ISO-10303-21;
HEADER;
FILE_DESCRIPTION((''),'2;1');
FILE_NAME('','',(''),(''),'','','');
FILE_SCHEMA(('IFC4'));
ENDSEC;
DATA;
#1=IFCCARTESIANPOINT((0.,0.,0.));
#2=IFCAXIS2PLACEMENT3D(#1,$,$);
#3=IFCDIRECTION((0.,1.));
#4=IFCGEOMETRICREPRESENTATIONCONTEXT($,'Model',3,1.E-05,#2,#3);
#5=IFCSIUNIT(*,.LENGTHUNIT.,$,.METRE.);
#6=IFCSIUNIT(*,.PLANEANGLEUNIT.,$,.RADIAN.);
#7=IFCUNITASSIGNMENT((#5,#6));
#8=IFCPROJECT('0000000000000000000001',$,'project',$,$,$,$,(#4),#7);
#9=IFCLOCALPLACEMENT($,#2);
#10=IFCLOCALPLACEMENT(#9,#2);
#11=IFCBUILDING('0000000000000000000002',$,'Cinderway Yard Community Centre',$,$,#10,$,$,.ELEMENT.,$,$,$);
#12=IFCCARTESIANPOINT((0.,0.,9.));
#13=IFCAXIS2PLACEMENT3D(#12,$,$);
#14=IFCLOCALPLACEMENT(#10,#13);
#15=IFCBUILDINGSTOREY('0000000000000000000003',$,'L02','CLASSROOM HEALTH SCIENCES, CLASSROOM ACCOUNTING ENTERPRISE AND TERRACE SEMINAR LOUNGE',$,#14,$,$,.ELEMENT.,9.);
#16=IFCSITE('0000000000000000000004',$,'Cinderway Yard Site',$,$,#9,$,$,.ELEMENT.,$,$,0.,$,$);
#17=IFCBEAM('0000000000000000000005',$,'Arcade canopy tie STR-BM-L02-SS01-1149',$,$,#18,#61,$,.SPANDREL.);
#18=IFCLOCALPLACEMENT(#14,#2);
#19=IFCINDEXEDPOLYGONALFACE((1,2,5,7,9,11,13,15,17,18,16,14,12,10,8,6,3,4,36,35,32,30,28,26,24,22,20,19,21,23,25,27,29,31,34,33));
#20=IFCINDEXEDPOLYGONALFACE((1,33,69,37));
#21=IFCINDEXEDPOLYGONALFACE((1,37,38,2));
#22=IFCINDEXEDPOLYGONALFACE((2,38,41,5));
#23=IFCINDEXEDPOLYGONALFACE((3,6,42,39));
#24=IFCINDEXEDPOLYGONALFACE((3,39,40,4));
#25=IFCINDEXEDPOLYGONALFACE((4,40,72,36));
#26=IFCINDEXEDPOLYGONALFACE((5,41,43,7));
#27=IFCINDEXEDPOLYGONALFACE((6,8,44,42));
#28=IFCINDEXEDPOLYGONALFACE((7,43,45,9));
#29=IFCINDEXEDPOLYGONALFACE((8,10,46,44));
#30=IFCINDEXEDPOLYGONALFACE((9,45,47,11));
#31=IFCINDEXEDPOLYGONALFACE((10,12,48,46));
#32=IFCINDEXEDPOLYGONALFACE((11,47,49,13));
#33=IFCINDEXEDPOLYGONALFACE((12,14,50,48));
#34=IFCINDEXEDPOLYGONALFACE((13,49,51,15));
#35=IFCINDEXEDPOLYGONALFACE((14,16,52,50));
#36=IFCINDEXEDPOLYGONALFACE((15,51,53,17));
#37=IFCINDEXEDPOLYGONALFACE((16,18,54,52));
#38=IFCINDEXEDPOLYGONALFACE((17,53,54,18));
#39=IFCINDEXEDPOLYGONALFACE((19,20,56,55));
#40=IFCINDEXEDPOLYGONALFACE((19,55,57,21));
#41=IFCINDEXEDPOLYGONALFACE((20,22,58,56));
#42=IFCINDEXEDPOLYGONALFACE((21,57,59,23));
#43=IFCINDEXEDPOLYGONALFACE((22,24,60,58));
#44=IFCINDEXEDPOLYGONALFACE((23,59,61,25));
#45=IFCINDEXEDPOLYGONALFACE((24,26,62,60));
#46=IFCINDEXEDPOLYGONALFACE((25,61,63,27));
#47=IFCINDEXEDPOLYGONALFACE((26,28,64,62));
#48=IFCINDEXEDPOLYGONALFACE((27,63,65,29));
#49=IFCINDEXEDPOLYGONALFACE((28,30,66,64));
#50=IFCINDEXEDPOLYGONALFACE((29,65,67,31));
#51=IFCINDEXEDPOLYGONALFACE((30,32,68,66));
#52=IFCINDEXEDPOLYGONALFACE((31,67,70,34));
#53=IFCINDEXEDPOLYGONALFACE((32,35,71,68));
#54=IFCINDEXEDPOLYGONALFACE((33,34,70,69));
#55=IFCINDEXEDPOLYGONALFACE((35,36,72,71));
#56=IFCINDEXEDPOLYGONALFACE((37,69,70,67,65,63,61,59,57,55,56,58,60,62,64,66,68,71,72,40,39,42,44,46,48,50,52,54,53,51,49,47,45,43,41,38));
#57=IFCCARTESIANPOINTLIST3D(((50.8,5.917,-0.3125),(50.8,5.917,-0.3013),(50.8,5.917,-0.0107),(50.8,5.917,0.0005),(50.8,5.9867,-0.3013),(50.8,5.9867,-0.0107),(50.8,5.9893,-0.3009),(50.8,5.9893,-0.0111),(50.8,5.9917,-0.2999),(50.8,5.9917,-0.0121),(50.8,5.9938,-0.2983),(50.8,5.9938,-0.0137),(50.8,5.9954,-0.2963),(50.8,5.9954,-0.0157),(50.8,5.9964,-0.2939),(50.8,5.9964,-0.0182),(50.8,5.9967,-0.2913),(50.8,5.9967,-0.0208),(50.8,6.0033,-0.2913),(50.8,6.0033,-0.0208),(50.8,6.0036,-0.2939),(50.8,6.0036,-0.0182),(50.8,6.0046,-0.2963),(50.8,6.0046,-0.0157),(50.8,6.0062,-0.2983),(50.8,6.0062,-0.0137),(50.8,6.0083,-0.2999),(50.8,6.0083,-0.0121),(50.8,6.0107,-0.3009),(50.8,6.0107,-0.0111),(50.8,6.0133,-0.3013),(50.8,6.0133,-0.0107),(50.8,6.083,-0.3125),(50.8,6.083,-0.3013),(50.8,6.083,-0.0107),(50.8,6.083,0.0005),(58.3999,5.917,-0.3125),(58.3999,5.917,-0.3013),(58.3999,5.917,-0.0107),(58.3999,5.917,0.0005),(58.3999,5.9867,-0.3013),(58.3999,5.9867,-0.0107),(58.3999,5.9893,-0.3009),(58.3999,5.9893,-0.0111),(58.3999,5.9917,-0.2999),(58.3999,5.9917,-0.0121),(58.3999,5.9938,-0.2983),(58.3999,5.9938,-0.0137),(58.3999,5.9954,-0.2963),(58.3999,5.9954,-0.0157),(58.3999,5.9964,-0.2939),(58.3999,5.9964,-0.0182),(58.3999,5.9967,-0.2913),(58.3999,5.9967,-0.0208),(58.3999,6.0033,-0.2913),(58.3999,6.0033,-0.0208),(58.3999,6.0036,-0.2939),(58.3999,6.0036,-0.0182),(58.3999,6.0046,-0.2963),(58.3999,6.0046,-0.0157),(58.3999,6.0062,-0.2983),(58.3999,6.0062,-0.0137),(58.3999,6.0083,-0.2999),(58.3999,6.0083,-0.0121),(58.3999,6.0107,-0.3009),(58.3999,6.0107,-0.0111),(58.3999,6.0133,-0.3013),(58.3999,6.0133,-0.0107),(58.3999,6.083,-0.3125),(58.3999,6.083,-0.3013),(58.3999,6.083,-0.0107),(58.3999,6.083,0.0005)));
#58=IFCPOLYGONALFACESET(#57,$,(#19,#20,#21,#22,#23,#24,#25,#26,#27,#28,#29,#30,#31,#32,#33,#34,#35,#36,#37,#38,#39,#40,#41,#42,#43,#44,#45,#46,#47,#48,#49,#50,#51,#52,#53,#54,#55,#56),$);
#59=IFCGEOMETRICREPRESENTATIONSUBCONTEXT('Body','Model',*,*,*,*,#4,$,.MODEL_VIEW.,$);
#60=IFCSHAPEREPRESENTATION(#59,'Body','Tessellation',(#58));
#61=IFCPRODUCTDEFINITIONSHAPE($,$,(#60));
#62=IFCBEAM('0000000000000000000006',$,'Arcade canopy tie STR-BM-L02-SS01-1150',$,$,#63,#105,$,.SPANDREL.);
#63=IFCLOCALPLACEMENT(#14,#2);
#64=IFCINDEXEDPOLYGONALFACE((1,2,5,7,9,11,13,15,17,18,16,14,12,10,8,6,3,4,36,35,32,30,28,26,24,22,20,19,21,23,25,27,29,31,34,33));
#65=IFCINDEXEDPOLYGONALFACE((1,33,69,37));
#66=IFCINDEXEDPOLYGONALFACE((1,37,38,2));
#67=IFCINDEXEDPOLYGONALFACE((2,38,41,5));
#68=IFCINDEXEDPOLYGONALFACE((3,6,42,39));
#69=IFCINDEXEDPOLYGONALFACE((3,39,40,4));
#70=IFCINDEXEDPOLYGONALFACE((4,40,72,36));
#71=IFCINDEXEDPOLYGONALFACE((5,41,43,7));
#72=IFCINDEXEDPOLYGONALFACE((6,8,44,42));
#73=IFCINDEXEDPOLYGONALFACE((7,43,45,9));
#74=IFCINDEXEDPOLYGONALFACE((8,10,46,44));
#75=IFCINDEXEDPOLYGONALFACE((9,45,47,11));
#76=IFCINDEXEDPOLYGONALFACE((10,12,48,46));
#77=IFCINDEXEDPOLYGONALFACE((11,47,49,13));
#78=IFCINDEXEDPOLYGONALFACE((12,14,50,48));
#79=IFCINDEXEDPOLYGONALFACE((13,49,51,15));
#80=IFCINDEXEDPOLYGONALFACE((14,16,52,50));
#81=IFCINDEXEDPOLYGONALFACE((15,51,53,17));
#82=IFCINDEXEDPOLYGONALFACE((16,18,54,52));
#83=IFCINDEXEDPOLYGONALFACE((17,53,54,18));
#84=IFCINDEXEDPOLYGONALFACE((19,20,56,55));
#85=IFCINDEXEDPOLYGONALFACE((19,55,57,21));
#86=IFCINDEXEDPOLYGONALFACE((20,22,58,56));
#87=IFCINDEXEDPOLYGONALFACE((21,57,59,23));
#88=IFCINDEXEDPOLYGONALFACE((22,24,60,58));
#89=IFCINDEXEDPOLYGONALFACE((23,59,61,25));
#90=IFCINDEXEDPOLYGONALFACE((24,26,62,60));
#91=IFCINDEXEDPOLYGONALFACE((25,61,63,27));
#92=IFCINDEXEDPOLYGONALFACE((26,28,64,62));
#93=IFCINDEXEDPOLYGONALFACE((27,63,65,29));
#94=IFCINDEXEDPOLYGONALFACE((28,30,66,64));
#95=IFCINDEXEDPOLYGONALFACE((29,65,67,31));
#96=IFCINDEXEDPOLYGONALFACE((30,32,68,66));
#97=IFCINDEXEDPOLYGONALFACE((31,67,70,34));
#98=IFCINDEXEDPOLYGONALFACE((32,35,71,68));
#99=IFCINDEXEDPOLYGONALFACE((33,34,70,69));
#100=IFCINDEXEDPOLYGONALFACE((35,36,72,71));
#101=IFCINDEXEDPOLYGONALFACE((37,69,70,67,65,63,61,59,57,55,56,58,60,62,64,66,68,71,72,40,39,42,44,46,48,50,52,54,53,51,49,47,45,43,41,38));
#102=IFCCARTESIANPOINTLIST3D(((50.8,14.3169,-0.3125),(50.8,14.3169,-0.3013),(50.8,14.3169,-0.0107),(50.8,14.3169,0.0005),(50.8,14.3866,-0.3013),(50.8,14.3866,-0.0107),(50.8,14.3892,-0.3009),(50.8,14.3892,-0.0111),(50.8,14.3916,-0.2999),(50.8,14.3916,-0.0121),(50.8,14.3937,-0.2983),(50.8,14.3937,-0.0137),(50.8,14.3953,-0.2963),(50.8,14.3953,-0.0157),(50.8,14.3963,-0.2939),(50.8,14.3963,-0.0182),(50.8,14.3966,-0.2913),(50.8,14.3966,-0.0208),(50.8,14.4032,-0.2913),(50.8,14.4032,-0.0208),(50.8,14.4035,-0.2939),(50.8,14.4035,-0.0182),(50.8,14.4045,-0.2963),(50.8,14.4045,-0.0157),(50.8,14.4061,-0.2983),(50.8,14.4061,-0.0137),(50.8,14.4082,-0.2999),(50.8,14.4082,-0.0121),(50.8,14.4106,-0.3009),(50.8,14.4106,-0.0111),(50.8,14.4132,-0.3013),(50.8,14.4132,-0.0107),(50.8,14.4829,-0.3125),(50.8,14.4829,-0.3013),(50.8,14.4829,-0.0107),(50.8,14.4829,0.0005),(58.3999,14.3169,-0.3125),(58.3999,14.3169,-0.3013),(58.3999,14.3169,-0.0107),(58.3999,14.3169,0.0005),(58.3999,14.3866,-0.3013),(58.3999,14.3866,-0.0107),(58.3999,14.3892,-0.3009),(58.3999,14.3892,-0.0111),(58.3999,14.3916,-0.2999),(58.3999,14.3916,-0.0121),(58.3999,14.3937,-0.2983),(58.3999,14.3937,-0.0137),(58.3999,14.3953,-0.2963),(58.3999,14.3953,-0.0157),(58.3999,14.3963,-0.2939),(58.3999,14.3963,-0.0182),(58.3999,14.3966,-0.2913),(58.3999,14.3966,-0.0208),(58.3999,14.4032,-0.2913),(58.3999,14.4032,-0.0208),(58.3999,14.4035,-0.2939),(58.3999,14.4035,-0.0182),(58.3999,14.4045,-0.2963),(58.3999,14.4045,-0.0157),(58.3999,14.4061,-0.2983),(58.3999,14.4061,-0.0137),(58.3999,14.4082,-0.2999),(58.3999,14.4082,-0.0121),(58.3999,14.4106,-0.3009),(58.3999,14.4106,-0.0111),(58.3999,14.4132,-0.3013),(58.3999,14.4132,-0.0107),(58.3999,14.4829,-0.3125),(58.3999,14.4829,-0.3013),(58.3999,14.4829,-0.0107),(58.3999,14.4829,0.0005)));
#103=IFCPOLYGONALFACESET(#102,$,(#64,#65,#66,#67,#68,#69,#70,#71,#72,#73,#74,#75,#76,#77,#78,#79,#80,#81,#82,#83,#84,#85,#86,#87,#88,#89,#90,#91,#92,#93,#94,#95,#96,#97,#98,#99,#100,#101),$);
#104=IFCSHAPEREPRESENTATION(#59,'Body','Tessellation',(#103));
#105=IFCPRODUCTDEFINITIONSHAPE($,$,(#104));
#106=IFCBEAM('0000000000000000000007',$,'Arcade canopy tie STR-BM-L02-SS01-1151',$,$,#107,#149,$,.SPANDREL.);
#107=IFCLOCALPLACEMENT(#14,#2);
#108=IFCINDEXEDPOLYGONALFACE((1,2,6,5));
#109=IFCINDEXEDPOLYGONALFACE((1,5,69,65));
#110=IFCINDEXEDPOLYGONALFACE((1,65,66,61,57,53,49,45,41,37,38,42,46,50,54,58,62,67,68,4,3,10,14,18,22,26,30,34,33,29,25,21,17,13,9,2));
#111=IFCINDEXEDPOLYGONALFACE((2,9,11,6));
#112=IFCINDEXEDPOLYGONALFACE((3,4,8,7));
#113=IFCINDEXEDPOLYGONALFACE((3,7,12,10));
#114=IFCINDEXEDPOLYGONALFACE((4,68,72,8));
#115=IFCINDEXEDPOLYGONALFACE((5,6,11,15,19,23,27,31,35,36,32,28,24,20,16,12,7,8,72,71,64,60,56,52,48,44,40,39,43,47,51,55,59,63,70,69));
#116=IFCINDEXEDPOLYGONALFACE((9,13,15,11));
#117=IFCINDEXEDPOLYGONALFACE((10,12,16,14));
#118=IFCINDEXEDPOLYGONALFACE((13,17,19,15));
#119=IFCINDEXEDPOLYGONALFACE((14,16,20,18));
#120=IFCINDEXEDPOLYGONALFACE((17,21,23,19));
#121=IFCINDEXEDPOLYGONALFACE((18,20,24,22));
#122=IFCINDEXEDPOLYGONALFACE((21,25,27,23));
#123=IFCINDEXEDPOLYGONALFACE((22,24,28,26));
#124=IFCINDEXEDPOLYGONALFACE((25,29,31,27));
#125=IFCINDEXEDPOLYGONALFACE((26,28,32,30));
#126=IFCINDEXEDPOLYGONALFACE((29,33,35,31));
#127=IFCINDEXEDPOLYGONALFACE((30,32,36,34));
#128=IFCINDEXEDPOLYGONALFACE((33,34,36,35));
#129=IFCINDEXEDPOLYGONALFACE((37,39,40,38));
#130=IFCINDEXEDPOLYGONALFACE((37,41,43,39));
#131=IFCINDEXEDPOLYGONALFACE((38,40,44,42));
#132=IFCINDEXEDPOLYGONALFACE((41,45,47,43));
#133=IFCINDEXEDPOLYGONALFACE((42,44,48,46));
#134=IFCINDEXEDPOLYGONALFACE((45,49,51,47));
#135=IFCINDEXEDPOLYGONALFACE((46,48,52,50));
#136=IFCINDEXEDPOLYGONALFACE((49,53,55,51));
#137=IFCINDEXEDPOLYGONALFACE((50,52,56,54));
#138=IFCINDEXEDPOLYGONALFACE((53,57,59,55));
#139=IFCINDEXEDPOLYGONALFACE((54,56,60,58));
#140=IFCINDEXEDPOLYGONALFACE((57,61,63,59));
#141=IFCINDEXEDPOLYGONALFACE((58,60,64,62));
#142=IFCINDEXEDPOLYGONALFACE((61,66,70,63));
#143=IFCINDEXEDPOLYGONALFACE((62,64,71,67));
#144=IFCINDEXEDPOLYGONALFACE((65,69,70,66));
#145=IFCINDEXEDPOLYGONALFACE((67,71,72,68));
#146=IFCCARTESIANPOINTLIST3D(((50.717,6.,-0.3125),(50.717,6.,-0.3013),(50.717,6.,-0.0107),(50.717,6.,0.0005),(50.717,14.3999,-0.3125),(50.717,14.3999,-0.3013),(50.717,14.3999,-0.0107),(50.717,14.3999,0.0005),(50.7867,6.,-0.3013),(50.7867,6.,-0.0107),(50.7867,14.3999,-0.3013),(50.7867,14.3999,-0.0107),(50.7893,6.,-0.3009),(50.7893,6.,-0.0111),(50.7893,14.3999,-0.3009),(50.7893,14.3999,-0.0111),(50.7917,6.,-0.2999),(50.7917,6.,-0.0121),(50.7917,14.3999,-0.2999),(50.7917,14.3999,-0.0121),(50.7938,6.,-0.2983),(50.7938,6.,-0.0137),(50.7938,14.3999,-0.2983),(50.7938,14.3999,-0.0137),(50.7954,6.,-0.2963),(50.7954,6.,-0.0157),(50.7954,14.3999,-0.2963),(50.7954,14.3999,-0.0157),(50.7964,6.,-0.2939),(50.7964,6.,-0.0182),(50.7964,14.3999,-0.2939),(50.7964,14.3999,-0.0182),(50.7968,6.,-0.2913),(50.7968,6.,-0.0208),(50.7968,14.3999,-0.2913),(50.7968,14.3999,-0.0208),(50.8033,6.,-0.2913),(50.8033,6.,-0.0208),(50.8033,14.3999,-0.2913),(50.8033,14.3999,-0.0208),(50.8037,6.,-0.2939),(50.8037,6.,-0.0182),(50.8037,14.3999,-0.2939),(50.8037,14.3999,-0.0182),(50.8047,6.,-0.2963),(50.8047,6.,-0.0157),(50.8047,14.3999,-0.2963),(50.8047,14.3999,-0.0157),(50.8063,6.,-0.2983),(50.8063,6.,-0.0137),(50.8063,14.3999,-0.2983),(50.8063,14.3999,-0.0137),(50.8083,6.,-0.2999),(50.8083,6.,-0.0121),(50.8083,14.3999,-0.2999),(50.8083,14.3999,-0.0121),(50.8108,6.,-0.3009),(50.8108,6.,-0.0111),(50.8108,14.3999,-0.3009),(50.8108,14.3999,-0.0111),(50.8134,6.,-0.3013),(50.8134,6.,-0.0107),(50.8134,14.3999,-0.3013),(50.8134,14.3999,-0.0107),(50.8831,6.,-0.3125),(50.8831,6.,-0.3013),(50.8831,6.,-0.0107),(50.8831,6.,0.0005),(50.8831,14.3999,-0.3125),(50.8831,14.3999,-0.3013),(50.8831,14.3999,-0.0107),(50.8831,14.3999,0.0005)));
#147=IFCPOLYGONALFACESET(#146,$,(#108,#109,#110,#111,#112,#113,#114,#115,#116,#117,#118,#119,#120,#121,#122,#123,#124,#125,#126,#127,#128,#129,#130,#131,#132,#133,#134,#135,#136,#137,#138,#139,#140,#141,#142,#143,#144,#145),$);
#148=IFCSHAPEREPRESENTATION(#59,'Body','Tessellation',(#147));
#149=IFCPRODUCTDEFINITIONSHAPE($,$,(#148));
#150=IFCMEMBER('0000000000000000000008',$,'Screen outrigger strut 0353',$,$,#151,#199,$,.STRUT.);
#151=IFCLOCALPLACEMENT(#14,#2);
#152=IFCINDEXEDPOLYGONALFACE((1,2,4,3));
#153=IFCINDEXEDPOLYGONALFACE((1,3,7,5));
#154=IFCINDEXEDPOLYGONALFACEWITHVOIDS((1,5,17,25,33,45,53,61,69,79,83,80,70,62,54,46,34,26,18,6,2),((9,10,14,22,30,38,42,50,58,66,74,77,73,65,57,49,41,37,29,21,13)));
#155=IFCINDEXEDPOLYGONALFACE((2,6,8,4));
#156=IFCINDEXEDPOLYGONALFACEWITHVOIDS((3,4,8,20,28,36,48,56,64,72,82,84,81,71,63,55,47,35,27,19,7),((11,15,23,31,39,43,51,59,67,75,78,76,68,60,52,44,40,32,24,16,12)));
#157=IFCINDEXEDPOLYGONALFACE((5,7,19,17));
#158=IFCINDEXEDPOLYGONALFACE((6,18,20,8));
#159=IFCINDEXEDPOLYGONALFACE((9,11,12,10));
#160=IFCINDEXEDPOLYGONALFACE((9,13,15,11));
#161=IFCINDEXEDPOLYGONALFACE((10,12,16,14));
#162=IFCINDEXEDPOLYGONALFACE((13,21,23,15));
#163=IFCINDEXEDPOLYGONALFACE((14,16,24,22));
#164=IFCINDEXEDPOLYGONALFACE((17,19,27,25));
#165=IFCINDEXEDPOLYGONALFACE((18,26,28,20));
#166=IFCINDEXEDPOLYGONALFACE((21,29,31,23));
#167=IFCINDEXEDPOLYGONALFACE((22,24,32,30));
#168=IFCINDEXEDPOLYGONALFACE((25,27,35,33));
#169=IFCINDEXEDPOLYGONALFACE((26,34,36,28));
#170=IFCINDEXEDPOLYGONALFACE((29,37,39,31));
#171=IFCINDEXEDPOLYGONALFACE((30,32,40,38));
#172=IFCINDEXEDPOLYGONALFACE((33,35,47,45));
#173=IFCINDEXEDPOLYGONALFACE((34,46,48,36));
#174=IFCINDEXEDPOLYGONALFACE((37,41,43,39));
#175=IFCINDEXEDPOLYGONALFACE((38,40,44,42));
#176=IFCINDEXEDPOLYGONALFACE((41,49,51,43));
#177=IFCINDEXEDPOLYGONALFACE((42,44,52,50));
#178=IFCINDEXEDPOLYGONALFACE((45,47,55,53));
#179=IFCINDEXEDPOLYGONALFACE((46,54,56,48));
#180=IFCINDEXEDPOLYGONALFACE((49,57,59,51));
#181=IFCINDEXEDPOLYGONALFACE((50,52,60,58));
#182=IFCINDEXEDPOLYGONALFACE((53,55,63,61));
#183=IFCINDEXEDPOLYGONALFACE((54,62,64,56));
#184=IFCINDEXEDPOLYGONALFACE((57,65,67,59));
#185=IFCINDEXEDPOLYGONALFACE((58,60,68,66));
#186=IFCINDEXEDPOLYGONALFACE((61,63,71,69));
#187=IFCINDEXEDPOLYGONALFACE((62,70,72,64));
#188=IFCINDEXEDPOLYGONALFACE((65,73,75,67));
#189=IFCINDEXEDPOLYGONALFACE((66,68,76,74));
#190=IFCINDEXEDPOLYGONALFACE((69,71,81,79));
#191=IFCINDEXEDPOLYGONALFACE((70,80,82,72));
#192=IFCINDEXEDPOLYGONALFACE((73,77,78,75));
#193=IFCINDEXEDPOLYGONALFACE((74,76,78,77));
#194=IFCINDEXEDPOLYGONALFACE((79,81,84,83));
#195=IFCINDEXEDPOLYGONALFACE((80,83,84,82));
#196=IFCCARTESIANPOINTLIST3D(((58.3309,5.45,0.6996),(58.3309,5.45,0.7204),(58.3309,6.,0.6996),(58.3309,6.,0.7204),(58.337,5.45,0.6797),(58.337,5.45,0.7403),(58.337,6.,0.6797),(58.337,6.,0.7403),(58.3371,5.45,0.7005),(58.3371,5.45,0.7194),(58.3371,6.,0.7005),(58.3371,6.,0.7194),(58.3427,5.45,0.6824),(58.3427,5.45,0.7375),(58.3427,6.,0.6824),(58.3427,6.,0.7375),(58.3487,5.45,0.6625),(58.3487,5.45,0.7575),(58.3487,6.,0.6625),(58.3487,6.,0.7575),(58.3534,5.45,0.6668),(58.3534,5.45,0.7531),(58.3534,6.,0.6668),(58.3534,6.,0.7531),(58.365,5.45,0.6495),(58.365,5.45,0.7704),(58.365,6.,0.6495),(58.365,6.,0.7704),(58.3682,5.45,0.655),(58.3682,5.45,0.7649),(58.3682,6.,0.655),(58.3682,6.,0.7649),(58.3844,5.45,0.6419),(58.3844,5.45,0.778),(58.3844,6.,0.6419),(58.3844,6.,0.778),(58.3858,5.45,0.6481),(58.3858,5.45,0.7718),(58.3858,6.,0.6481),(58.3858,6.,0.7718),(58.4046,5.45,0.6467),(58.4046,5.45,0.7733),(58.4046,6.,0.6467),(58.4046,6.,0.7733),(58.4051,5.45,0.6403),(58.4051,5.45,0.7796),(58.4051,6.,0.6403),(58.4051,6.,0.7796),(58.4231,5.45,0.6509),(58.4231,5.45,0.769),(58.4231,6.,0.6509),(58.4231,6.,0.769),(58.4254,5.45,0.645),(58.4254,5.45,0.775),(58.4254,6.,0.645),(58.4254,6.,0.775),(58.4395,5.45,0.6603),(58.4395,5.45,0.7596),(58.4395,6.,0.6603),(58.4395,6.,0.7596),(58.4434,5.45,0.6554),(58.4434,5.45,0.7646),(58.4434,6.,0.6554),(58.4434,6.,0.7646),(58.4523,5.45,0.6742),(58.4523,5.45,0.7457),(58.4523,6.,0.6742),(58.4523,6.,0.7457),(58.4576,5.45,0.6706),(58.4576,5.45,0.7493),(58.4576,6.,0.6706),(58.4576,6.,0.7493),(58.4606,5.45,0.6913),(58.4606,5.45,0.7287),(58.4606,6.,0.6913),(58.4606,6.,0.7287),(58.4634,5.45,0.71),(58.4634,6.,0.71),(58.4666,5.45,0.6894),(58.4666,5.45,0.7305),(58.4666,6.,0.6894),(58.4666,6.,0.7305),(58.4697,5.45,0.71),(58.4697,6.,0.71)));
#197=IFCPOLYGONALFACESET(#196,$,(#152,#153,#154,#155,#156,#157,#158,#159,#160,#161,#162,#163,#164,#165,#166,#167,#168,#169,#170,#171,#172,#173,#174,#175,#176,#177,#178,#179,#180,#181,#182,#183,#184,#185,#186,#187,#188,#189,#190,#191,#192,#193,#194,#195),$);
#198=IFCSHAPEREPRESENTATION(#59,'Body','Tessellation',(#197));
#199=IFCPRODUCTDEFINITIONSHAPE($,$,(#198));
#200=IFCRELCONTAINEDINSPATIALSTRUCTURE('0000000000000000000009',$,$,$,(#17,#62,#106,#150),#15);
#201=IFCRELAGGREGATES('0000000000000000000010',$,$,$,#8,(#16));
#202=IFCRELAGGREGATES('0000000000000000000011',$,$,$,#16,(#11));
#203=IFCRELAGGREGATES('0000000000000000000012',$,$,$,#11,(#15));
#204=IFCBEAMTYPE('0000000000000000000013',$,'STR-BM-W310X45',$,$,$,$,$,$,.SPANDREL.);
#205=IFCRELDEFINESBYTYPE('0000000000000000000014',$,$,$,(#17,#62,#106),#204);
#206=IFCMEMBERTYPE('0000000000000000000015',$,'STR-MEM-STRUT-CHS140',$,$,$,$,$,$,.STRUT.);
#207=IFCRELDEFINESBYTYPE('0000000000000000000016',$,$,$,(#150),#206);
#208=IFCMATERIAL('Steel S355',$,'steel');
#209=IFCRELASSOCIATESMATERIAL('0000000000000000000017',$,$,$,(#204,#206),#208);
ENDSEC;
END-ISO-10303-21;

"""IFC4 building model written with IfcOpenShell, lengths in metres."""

from ifc_helpers import new_model, si_unit, direction, frame, origin, origin_2d, place, context, subcontext, project, spatial, hollow_circle, i_section, extrude, material, material_profile, profile_set, type_object, element, save


model = new_model("IFC4")

# Units and contexts
model_context = context("Model", 3, precision=1e-05, world=origin(), true_north=direction((0.0, 1.0)))
body_context = subcontext(model_context, "Body", "Model", "MODEL_VIEW")
ifc_project = project(units=[si_unit("LENGTHUNIT", "METRE"), si_unit("PLANEANGLEUNIT", "RADIAN")], contexts=[model_context])

# Site, building, storey
site_placement = place(None, origin())
site = spatial("IfcSite", under=ifc_project, at=site_placement, Name="Cinderway Yard Site", CompositionType="ELEMENT", RefElevation=0.0)
building_placement = place(site_placement, origin())
building = spatial("IfcBuilding", under=site, at=building_placement, Name="Cinderway Yard Community Centre", CompositionType="ELEMENT")
storey_placement = place(building_placement, frame((0.0, 0.0, 9.0)))
storey = spatial("IfcBuildingStorey", under=building, at=storey_placement, Name="L02", Description="CLASSROOM HEALTH SCIENCES, CLASSROOM ACCOUNTING ENTERPRISE AND TERRACE SEMINAR LOUNGE", CompositionType="ELEMENT", Elevation=9.0)

# Shared definitions
ifc_material_1 = material(Name="Steel S355", Category="steel")

# Beams
ifc_material_profile_1 = material_profile(ifc_material_1, i_section(OverallWidth=0.166, OverallDepth=0.313, WebThickness=0.0066, FlangeThickness=0.0112, FilletRadius=0.01, at=origin_2d()), Name="Steel S355")
ifc_profile_set_1 = profile_set([ifc_material_profile_1], Name="Steel S355")
beam_type_1 = type_object("IfcBeamType", Name="STR-BM-W310X45", PredefinedType="SPANDREL", material=ifc_profile_set_1)
for number, where, z_axis, x_axis, name in (
    (1, (50.8, 6.0, -0.156), (1.0, 0.0, 0.0), (0.0, 1.0, 0.0), "Arcade canopy tie STR-BM-L02-SS01-1149"),
    (2, (50.8, 14.3999, -0.156), (1.0, 0.0, 0.0), (0.0, 1.0, 0.0), "Arcade canopy tie STR-BM-L02-SS01-1150"),
):
    element("IfcBeam", number, at=place(storey_placement, frame(where, z_axis=z_axis, x_axis=x_axis)), inside=storey, type_object=beam_type_1, Name=name, PredefinedType="SPANDREL", context=body_context, shape_type="SweptSolid", body=[
        extrude(i_section(OverallWidth=0.166, OverallDepth=0.313, WebThickness=0.0066, FlangeThickness=0.0112, FilletRadius=0.01, at=origin_2d()), origin(), (0.0, 0.0, 1.0), 7.5999),
    ])
beam_1_placement = place(storey_placement, frame((50.8, 6.0, -0.156), z_axis=(0.0, 1.0, 0.0), x_axis=(-1.0, 0.0, 0.0)))
element("IfcBeam", 3, at=beam_1_placement, inside=storey, type_object=beam_type_1, Name="Arcade canopy tie STR-BM-L02-SS01-1151", PredefinedType="SPANDREL", context=body_context, shape_type="SweptSolid", body=[
    extrude(i_section(OverallWidth=0.166, OverallDepth=0.313, WebThickness=0.0066, FlangeThickness=0.0112, FilletRadius=0.01, at=origin_2d()), origin(), (0.0, 0.0, 1.0), 8.3999),
])

# Member
ifc_material_profile_2 = material_profile(ifc_material_1, hollow_circle(Radius=0.0698, WallThickness=0.0063, at=origin_2d()), Name="Steel S355")
ifc_profile_set_2 = profile_set([ifc_material_profile_2], Name="Steel S355")
member_type_1 = type_object("IfcMemberType", Name="STR-MEM-STRUT-CHS140", PredefinedType="STRUT", material=ifc_profile_set_2)
for number, where, z_axis, x_axis, name in (
    (4, (58.3999, 6.0, 0.71), (0.0, -1.0, 0.0), (1.0, 0.0, 0.0), "Screen outrigger strut 0353"),
):
    element("IfcMember", number, at=place(storey_placement, frame(where, z_axis=z_axis, x_axis=x_axis)), inside=storey, type_object=member_type_1, Name=name, PredefinedType="STRUT", context=body_context, shape_type="SweptSolid", body=[
        extrude(hollow_circle(Radius=0.0698, WallThickness=0.0063, at=origin_2d()), origin(), (0.0, 0.0, 1.0), 0.55),
    ])

save(model, "model.ifc")
